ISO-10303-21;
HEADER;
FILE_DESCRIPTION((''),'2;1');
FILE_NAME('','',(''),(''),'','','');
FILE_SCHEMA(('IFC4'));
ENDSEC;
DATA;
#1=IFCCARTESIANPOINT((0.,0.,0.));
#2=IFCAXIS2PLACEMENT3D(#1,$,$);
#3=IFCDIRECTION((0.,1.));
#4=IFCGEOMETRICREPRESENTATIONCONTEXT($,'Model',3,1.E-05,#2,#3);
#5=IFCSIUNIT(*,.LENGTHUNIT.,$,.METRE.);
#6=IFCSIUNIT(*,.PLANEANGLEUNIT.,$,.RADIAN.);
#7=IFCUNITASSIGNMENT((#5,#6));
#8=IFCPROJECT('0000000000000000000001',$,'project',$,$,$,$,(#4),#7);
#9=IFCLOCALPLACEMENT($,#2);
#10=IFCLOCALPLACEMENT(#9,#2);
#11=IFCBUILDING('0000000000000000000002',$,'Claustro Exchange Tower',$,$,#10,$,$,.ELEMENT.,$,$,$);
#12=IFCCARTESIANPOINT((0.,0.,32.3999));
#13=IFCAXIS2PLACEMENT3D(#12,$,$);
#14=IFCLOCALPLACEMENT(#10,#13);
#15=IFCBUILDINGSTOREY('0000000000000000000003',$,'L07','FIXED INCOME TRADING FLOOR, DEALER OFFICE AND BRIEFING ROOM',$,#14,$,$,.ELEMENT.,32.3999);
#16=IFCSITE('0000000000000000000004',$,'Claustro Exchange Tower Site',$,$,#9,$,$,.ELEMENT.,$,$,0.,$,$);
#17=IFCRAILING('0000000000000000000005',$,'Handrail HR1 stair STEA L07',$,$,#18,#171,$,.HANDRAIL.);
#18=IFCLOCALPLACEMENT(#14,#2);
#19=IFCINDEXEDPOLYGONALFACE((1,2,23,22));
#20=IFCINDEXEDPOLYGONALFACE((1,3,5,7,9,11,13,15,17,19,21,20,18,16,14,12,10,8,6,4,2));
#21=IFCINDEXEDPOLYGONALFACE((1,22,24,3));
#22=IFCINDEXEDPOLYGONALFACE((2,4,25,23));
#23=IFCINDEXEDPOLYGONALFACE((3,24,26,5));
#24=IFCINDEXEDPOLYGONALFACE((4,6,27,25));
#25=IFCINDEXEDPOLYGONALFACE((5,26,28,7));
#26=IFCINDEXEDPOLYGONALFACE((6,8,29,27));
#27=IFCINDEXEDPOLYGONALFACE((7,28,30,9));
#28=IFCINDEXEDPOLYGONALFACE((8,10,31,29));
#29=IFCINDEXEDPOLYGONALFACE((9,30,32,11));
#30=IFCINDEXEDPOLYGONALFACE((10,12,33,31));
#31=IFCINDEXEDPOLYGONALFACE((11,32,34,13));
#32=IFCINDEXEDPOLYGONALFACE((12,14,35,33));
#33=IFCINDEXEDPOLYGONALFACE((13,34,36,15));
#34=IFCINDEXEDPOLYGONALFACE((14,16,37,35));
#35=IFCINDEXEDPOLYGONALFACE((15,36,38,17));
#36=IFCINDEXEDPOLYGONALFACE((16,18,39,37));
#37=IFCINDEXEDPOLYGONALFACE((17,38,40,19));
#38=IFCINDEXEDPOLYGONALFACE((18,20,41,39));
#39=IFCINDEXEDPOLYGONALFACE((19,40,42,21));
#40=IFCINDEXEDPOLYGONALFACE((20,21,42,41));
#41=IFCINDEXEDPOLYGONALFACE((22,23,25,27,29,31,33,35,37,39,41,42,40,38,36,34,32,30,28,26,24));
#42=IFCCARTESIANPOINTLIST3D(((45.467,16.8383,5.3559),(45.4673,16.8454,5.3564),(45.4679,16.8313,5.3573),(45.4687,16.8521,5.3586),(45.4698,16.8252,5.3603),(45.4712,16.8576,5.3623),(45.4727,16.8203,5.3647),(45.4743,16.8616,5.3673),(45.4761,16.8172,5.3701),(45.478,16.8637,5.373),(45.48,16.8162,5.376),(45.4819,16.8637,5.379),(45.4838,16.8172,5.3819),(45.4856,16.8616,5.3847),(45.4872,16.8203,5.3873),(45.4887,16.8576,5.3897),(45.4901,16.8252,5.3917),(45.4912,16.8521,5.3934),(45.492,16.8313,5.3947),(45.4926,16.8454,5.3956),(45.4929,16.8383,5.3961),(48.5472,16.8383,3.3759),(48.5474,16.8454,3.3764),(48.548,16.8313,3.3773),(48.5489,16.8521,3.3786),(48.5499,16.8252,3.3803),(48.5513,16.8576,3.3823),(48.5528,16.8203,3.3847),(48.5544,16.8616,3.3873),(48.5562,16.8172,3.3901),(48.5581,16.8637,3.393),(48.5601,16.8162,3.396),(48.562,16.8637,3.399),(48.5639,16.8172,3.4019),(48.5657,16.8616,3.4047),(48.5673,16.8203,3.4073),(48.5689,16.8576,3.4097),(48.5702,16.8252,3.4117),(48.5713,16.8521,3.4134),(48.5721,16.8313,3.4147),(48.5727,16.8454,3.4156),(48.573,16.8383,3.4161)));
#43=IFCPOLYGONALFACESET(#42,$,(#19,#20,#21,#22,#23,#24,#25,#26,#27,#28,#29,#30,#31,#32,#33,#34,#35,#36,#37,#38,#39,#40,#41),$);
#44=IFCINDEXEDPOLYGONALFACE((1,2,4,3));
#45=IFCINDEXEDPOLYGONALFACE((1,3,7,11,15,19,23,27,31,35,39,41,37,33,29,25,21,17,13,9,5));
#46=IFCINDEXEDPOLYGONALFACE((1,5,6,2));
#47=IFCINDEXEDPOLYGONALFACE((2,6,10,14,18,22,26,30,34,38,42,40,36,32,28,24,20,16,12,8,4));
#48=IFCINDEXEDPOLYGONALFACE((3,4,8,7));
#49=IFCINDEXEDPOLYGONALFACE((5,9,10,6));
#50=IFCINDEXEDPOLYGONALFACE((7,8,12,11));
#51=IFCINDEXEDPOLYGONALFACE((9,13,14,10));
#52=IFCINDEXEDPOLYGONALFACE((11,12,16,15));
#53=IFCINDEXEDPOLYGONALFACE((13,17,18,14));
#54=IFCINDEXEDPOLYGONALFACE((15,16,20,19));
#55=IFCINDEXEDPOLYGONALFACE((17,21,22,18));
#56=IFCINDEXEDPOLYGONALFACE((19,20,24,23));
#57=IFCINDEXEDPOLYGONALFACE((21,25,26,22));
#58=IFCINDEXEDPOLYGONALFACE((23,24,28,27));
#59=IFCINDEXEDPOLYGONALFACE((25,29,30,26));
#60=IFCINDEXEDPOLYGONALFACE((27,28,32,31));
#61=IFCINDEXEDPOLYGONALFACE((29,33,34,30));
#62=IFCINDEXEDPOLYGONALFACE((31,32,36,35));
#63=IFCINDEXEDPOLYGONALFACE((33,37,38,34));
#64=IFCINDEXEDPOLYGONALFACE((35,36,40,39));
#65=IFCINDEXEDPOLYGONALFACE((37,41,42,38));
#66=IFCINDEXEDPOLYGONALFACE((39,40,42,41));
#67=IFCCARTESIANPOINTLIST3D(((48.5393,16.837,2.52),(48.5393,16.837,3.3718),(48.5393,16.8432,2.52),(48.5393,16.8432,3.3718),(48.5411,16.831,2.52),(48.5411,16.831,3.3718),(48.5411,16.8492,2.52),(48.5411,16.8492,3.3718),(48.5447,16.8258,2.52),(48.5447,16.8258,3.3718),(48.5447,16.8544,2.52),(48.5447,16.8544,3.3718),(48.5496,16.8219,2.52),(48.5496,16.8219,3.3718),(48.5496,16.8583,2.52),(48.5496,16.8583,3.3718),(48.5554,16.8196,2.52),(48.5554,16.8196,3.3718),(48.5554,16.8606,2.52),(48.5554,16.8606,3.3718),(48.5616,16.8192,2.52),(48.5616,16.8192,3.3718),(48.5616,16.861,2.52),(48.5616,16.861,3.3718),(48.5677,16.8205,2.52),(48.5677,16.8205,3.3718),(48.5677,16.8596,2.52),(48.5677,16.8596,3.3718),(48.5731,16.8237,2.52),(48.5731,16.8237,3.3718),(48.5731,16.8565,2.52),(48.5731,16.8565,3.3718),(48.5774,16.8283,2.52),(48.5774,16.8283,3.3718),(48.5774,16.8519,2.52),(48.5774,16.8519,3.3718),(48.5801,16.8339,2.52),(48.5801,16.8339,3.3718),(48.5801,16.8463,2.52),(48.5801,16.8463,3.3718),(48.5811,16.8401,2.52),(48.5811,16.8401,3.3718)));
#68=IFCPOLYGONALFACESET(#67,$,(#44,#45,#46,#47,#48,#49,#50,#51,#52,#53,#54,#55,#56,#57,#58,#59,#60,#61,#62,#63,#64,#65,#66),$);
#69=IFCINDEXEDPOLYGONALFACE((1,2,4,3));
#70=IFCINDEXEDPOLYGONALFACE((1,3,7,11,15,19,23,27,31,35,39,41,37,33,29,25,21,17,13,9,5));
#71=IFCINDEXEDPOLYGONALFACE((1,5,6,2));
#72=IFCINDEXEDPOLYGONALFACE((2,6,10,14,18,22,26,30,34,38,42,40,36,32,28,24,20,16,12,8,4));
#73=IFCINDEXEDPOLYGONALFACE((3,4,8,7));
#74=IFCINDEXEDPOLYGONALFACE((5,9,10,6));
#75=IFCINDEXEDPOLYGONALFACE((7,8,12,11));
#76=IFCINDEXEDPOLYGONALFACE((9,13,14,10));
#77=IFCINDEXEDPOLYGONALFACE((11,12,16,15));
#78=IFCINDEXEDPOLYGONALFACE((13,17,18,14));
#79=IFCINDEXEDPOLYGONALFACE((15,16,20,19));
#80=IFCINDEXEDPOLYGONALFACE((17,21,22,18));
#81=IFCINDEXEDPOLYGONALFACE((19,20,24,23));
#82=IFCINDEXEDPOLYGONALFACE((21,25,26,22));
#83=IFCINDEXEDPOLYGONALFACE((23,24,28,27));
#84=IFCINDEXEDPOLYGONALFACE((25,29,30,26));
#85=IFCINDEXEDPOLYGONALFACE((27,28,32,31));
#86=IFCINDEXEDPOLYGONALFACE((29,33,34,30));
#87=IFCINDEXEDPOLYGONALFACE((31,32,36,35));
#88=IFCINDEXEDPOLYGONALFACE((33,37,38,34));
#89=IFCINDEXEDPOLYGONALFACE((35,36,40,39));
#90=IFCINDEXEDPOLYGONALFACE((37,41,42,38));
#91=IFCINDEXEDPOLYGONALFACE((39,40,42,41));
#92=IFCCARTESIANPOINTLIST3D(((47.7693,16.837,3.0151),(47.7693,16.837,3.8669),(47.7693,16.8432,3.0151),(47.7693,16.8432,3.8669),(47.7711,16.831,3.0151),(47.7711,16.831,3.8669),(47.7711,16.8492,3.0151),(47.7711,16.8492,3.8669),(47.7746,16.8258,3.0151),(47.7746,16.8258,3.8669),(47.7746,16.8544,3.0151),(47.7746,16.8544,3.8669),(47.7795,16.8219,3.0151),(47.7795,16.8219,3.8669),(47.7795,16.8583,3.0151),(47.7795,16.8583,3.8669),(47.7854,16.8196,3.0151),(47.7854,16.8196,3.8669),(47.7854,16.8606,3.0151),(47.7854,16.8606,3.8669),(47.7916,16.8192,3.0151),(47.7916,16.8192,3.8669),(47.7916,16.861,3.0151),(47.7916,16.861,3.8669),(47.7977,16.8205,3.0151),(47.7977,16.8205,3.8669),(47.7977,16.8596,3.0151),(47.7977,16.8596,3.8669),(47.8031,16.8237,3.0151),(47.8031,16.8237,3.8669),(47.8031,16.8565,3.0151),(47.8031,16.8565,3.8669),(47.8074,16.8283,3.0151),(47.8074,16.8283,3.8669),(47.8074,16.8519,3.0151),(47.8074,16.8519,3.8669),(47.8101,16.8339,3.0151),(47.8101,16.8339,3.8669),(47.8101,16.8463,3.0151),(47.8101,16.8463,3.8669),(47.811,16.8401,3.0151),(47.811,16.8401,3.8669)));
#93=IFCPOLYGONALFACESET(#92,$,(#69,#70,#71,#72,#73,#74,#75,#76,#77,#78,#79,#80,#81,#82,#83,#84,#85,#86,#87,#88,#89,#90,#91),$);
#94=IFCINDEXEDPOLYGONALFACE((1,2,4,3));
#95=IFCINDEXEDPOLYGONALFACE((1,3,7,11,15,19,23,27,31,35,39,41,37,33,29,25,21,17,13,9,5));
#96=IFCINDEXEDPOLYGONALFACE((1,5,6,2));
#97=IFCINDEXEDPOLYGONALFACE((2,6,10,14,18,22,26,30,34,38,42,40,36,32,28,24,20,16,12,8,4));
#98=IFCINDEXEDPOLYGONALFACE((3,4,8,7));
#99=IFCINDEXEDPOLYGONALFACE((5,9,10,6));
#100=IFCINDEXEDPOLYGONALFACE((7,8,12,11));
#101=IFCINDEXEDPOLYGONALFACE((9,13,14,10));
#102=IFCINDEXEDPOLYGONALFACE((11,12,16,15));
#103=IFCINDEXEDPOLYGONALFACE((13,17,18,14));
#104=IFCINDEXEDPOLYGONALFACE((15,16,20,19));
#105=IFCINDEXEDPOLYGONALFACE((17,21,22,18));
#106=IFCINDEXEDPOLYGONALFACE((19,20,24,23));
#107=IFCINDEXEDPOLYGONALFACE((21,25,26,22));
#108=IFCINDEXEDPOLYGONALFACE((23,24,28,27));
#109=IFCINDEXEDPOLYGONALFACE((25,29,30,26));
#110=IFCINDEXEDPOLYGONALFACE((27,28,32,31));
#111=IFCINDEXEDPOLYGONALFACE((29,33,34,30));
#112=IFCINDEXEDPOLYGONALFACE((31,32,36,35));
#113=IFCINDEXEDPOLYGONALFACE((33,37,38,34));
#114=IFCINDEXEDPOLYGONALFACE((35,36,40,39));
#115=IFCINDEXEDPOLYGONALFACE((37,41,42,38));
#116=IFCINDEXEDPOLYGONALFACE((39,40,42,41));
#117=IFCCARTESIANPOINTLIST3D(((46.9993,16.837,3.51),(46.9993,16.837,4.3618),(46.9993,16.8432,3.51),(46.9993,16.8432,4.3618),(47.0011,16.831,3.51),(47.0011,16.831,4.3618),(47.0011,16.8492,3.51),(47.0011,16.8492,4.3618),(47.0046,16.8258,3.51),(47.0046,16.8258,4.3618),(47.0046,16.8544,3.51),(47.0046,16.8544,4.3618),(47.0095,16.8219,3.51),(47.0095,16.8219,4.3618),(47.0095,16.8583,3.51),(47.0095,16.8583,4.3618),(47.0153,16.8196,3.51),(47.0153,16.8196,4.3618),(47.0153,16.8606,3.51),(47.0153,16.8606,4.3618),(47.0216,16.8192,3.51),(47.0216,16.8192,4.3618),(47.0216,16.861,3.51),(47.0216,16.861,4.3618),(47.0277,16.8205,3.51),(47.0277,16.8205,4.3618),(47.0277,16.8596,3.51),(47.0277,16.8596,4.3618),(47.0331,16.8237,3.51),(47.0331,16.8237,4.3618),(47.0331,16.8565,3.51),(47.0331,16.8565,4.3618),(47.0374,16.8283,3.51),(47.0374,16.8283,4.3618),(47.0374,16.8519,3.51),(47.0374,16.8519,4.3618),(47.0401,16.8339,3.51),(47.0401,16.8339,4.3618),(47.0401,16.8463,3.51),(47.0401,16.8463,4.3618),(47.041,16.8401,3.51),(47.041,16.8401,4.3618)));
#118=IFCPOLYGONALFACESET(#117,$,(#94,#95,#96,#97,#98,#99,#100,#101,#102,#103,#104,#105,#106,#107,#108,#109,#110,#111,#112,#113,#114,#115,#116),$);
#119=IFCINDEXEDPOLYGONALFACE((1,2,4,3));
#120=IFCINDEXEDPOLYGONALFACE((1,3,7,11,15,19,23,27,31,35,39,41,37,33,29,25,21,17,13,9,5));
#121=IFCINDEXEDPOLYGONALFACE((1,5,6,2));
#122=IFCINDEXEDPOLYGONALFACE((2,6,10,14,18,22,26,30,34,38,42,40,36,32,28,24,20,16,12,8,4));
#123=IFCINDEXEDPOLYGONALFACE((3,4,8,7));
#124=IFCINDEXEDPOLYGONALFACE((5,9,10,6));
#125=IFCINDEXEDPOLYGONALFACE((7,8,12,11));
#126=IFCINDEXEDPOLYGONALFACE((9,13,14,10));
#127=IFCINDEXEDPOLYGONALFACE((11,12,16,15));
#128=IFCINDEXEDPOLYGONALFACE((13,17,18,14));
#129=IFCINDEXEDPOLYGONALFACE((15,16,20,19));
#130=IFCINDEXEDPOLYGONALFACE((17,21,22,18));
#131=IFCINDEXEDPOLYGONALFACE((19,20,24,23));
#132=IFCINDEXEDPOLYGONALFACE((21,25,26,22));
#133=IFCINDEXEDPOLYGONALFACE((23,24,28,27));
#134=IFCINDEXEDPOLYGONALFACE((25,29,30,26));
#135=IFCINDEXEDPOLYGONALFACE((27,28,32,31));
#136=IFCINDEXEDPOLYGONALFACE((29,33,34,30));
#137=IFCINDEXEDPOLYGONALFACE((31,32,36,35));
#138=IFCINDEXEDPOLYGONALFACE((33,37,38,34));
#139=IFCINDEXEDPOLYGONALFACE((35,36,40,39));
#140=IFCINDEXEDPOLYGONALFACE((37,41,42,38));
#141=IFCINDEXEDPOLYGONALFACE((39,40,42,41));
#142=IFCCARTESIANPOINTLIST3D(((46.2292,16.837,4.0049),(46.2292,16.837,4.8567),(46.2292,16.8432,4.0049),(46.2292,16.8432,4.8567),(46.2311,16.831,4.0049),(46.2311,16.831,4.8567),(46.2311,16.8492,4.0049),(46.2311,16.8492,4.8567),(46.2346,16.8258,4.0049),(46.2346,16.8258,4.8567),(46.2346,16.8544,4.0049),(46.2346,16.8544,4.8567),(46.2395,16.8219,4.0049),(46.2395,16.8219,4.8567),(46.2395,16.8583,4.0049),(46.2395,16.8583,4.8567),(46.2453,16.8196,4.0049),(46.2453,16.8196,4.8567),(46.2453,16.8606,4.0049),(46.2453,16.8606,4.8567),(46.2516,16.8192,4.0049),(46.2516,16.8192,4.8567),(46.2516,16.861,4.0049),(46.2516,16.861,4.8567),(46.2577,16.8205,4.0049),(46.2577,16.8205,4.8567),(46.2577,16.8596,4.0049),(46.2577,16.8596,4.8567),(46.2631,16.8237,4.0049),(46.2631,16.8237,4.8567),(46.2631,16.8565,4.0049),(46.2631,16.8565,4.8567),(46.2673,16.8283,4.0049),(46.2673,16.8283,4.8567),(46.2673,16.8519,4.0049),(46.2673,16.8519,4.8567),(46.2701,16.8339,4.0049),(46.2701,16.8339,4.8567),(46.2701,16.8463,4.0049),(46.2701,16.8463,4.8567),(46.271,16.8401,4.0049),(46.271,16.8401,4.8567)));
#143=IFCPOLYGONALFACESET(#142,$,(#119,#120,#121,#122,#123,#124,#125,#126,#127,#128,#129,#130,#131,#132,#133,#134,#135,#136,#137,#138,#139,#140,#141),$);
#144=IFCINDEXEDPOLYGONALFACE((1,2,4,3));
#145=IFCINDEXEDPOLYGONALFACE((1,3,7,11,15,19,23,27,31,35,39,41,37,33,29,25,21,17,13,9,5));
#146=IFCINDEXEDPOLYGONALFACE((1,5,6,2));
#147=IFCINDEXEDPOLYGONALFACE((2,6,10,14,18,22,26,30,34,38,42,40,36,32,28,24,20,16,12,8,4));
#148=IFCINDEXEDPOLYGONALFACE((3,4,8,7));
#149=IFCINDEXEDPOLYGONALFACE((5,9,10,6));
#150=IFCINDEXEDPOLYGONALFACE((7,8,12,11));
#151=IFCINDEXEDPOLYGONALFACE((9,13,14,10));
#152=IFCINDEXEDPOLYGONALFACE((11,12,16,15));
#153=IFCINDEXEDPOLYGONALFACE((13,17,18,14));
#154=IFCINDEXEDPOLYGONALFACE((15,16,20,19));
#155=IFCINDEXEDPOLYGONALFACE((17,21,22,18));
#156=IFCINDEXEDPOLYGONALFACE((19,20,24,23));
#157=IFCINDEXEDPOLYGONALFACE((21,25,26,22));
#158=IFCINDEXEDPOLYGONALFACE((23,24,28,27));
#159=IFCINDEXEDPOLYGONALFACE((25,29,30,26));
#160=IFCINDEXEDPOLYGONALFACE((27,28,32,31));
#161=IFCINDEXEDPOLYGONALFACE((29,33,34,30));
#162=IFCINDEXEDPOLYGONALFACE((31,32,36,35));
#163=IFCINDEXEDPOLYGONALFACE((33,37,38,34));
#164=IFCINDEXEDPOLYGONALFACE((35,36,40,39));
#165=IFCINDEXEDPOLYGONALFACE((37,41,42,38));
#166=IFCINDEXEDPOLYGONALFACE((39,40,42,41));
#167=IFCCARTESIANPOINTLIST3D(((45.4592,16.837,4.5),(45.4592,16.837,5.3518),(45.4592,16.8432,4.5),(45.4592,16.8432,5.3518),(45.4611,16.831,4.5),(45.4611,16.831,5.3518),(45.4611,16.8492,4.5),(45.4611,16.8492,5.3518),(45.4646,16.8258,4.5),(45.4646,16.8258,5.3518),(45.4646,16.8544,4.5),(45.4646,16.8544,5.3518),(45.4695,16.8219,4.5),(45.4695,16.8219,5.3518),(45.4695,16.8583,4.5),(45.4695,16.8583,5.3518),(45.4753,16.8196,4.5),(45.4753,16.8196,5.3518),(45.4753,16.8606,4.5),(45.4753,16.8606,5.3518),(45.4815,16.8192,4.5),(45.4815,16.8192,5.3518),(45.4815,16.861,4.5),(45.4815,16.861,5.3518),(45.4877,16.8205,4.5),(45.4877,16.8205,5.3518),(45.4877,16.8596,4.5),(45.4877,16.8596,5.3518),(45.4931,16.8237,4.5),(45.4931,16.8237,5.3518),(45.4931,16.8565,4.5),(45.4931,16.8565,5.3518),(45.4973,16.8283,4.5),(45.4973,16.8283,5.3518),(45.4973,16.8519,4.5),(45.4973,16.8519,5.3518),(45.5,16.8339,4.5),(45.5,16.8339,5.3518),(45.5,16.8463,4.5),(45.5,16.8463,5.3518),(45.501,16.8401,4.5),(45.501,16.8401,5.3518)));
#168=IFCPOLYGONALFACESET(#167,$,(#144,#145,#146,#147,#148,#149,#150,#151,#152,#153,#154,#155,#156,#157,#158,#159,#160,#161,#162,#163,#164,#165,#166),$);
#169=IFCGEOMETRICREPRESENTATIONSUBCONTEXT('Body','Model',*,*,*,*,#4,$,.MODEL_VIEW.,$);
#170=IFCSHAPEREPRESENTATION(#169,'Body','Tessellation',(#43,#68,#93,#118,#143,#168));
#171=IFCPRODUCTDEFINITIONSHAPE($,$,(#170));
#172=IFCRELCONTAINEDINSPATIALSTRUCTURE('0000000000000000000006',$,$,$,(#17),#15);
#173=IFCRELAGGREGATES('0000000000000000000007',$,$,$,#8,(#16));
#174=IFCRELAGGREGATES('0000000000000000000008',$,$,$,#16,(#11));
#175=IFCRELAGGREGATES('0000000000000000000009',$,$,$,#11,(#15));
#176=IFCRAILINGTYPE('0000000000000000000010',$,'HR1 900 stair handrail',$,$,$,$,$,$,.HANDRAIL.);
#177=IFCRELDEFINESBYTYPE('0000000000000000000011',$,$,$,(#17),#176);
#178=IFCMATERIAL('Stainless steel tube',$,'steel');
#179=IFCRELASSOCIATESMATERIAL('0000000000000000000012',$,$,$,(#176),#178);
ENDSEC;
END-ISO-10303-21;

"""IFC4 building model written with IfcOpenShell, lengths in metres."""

from ifc_helpers import new_model, si_unit, direction, frame, origin, origin_2d, place, context, subcontext, project, spatial, circle, extrude, material, type_object, element, save


model = new_model("IFC4")

# Units and contexts
model_context = context("Model", 3, precision=1e-05, world=origin(), true_north=direction((0.0, 1.0)))
body_context = subcontext(model_context, "Body", "Model", "MODEL_VIEW")
ifc_project = project(units=[si_unit("LENGTHUNIT", "METRE"), si_unit("PLANEANGLEUNIT", "RADIAN")], contexts=[model_context])

# Site, building, storey
site_placement = place(None, origin())
site = spatial("IfcSite", under=ifc_project, at=site_placement, Name="Claustro Exchange Tower Site", CompositionType="ELEMENT", RefElevation=0.0)
building_placement = place(site_placement, origin())
building = spatial("IfcBuilding", under=site, at=building_placement, Name="Claustro Exchange Tower", CompositionType="ELEMENT")
storey_placement = place(building_placement, frame((0.0, 0.0, 32.3999)))
storey = spatial("IfcBuildingStorey", under=building, at=storey_placement, Name="L07", Description="FIXED INCOME TRADING FLOOR, DEALER OFFICE AND BRIEFING ROOM", CompositionType="ELEMENT", Elevation=32.3999)

# Railing
ifc_material_1 = material(Name="Stainless steel tube", Category="steel")
railing_type_1 = type_object("IfcRailingType", Name="HR1 900 stair handrail", PredefinedType="HANDRAIL", material=ifc_material_1)
railing_1_placement = place(storey_placement, frame((48.5601, 16.8401, 2.52)))
element("IfcRailing", 1, at=railing_1_placement, inside=storey, type_object=railing_type_1, Name="Handrail HR1 stair STEA L07", PredefinedType="HANDRAIL", context=body_context, shape_type="SweptSolid", body=[
    extrude(circle(Radius=0.0239, at=origin_2d()), frame((0.0, 0.0, 0.876), z_axis=(-0.841187, 0.0, 0.540744), x_axis=(0.0, -1.0, 0.0)), (0.0, 0.0, 1.0), 3.6616),
    extrude(circle(Radius=0.021, at=origin_2d()), origin(), (0.0, 0.0, 1.0), 0.8518),
    extrude(circle(Radius=0.021, at=origin_2d()), frame((-0.77, 0.0, 0.4951)), (0.0, 0.0, 1.0), 0.8518),
    extrude(circle(Radius=0.021, at=origin_2d()), frame((-1.54, 0.0, 0.99)), (0.0, 0.0, 1.0), 0.8518),
    extrude(circle(Radius=0.021, at=origin_2d()), frame((-2.3101, 0.0, 1.4849)), (0.0, 0.0, 1.0), 0.8518),
    extrude(circle(Radius=0.021, at=origin_2d()), frame((-3.0801, 0.0, 1.98)), (0.0, 0.0, 1.0), 0.8518),
])

save(model, "model.ifc")
